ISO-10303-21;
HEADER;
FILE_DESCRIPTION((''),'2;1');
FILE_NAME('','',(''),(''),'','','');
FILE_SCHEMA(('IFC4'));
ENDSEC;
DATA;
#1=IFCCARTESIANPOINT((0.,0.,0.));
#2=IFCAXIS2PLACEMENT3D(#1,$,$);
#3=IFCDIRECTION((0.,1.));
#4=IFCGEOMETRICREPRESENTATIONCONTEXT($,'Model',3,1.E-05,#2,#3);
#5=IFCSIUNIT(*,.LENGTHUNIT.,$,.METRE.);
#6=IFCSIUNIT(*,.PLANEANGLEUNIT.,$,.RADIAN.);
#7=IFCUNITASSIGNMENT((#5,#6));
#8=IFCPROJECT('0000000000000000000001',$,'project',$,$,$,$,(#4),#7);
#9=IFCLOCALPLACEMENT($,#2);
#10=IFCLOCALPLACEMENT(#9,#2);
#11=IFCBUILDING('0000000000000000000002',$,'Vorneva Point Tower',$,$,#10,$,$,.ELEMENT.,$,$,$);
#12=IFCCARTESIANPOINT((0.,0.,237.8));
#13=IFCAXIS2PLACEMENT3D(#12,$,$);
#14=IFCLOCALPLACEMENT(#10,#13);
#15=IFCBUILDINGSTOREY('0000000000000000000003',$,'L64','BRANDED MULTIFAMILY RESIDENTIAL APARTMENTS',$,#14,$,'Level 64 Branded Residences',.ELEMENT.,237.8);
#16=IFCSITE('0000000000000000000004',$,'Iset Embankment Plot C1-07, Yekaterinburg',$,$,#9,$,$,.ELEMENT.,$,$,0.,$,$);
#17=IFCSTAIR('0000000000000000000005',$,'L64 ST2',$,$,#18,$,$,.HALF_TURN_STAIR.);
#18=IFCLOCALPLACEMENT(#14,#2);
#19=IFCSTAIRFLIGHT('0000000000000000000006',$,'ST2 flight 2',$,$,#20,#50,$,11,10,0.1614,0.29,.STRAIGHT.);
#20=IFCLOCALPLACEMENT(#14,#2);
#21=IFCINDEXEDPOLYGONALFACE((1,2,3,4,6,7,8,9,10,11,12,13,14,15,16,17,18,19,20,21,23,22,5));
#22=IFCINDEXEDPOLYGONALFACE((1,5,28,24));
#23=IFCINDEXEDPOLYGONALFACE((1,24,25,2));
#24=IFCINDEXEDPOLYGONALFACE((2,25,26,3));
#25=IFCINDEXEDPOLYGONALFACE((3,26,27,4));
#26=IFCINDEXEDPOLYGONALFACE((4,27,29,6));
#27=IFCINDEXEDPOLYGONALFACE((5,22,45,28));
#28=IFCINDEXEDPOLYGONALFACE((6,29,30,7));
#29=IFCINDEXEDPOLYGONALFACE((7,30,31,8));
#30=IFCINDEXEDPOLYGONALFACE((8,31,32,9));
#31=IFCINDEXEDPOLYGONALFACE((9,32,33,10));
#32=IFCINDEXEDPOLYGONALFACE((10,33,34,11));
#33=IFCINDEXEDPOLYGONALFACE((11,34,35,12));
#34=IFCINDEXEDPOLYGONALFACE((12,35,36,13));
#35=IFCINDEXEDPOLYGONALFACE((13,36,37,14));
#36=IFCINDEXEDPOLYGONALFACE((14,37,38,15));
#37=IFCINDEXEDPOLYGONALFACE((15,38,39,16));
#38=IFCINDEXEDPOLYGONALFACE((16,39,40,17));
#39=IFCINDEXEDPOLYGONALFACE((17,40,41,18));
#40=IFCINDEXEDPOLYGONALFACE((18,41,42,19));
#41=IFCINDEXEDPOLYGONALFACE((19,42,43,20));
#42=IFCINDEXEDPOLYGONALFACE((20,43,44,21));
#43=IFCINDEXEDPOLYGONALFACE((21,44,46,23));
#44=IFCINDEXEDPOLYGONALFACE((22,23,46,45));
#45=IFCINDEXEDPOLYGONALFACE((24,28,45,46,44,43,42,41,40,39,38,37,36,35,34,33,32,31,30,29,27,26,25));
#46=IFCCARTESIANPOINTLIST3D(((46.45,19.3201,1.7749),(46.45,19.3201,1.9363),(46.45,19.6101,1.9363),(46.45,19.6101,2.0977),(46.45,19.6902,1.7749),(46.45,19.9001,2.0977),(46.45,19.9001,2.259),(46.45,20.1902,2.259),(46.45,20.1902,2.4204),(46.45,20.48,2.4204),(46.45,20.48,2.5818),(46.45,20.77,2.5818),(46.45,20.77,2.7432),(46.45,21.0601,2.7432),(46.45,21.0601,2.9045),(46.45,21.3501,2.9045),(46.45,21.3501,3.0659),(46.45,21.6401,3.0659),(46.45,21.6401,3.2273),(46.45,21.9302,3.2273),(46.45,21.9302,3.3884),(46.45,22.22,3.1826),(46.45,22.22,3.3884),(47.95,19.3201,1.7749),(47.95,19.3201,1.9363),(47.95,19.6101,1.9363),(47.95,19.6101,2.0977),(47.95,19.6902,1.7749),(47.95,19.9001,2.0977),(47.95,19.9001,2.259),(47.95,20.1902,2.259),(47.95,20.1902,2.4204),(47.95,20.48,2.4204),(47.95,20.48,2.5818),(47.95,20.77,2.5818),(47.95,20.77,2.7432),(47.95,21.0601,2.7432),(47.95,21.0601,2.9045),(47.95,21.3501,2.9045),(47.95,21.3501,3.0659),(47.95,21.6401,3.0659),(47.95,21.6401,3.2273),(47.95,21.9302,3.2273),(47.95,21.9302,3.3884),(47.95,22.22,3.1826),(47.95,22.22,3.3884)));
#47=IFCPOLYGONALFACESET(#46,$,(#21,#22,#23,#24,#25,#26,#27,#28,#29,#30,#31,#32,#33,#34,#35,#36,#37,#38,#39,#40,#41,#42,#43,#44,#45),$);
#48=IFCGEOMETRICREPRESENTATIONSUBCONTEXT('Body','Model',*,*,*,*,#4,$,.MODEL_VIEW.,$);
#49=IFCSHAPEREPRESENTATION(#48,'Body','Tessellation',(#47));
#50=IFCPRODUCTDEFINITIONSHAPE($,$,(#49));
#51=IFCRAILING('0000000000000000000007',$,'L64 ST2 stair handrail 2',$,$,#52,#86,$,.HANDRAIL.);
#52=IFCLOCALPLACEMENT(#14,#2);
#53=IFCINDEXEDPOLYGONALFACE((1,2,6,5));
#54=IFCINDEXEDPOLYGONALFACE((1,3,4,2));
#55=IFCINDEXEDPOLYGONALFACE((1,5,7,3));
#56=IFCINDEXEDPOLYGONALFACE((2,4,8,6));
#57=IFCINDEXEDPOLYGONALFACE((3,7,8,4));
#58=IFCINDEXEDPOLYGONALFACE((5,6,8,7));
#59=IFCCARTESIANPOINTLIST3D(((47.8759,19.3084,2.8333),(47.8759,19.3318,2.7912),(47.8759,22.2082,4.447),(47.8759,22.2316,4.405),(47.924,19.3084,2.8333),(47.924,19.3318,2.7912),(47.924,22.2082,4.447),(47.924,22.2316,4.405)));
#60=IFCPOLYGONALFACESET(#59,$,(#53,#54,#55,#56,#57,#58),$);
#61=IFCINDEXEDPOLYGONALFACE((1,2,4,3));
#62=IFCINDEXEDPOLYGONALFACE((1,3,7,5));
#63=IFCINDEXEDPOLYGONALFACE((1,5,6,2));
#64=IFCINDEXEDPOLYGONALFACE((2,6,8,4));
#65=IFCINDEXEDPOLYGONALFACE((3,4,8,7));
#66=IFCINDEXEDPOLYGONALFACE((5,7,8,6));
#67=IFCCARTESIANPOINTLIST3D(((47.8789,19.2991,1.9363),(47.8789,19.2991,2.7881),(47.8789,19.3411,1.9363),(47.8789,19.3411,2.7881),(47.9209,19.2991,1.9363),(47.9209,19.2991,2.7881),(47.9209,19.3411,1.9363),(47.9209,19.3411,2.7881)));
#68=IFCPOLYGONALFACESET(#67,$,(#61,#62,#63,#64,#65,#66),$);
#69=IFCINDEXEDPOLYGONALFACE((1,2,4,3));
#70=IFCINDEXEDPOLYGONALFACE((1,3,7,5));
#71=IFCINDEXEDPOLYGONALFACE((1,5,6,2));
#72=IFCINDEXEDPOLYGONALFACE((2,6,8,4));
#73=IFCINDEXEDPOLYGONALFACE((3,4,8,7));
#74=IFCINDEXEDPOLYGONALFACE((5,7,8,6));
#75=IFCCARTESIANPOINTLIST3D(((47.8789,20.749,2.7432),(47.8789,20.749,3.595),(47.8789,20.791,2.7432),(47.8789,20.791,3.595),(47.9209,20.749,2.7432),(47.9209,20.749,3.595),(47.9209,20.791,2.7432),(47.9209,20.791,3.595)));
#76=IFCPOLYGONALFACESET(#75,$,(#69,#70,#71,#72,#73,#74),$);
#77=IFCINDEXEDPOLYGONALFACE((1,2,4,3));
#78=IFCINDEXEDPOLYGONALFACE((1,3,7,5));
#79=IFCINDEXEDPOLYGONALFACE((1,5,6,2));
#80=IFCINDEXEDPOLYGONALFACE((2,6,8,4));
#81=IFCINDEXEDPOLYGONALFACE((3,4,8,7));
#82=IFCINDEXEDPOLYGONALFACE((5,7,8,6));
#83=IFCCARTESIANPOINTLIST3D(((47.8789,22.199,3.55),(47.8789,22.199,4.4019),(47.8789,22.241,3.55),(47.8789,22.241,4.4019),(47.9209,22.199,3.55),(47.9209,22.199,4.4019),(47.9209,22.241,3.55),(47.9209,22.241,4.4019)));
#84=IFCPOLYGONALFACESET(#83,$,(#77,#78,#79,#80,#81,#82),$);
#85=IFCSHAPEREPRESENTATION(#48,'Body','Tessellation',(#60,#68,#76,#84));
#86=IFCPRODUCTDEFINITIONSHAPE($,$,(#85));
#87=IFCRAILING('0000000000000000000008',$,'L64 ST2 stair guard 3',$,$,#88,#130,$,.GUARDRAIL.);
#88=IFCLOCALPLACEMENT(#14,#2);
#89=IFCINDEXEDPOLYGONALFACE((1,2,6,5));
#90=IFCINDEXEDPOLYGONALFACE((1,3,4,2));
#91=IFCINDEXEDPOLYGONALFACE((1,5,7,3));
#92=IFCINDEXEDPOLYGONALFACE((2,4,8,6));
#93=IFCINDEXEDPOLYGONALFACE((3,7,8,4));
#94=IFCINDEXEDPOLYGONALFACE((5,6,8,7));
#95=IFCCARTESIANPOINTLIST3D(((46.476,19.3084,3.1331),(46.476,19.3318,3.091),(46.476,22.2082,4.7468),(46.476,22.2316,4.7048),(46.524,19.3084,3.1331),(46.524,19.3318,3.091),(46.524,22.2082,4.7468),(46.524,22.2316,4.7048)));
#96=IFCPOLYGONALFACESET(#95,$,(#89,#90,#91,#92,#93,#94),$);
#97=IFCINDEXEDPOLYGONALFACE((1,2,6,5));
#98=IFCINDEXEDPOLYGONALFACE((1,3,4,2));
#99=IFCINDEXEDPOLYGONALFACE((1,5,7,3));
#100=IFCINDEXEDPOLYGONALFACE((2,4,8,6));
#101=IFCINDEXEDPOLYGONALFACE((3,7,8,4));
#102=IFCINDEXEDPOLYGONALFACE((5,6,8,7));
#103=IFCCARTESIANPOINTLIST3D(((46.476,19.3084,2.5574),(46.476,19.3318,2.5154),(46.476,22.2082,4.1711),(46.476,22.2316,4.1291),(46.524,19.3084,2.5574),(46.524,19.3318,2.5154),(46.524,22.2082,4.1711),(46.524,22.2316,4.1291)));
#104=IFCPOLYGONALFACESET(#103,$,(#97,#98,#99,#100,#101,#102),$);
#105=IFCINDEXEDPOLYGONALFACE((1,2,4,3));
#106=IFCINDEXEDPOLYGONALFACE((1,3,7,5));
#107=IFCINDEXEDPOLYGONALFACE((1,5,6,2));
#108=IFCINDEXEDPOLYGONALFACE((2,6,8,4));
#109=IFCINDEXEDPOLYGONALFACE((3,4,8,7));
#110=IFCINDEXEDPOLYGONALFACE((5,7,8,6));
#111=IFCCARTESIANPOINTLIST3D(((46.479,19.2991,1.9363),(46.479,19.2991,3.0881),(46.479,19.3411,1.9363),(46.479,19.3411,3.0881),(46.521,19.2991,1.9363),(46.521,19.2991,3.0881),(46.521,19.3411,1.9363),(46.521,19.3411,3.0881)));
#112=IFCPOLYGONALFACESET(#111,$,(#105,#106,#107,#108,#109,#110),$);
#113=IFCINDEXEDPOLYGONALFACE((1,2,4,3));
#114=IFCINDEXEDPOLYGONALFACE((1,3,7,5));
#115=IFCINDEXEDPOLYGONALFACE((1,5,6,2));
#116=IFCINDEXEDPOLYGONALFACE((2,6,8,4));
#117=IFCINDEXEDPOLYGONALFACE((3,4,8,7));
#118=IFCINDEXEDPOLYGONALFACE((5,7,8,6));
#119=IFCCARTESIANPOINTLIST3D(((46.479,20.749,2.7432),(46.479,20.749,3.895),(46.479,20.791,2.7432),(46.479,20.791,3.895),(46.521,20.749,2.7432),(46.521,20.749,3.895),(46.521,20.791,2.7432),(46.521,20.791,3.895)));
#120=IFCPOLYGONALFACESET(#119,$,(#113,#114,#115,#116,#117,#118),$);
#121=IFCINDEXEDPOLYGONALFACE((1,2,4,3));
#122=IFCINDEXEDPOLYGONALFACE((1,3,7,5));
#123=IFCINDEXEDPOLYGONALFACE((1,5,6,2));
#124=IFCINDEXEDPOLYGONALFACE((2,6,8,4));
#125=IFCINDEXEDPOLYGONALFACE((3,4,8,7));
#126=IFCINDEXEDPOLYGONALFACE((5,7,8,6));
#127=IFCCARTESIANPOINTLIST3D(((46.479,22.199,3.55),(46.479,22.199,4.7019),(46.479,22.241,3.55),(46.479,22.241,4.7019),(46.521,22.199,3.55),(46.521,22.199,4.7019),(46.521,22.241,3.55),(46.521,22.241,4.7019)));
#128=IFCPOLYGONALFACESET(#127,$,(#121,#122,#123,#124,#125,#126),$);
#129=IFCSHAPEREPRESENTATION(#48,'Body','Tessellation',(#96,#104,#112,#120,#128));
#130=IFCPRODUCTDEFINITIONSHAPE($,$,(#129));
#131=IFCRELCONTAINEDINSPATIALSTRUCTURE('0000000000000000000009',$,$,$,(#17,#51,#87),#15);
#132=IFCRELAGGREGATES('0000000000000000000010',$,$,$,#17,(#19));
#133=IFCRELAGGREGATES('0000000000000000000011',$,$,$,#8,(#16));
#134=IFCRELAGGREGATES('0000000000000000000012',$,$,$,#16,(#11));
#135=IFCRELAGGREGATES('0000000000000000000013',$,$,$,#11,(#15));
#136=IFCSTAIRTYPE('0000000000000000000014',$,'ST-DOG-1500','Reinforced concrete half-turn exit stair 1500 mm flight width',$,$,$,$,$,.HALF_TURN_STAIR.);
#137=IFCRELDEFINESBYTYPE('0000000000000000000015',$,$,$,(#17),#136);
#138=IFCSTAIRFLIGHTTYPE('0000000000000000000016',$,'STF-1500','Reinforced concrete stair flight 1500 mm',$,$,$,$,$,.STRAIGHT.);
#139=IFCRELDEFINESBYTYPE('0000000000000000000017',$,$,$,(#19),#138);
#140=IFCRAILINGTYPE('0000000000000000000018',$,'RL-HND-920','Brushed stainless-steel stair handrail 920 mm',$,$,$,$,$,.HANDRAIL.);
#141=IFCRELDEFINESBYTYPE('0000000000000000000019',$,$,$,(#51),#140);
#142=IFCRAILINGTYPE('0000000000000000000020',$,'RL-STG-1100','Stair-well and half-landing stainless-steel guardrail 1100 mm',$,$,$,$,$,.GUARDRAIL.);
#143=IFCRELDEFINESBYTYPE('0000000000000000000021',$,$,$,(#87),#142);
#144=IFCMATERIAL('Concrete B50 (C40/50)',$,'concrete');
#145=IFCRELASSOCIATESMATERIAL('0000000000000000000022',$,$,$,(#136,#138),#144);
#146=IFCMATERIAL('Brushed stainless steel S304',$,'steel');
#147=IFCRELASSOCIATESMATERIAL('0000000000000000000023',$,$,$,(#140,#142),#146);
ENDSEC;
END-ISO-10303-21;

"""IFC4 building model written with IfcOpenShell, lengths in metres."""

from ifc_helpers import new_model, si_unit, direction, frame, origin, origin_2d, place, context, subcontext, project, spatial, polyline, rectangle, outline, extrude, material, type_object, element, aggregate, save


model = new_model("IFC4")

# Units and contexts
model_context = context("Model", 3, precision=1e-05, world=origin(), true_north=direction((0.0, 1.0)))
body_context = subcontext(model_context, "Body", "Model", "MODEL_VIEW")
ifc_project = project(units=[si_unit("LENGTHUNIT", "METRE"), si_unit("PLANEANGLEUNIT", "RADIAN")], contexts=[model_context])

# Site, building, storey
site_placement = place(None, origin())
site = spatial("IfcSite", under=ifc_project, at=site_placement, Name="Iset Embankment Plot C1-07, Yekaterinburg", CompositionType="ELEMENT", RefElevation=0.0)
building_placement = place(site_placement, origin())
building = spatial("IfcBuilding", under=site, at=building_placement, Name="Vorneva Point Tower", CompositionType="ELEMENT")
storey_placement = place(building_placement, frame((0.0, 0.0, 237.8)))
storey = spatial("IfcBuildingStorey", under=building, at=storey_placement, Name="L64", Description="BRANDED MULTIFAMILY RESIDENTIAL APARTMENTS", LongName="Level 64 Branded Residences", CompositionType="ELEMENT", Elevation=237.8)

# Shared definitions
ifc_material_1 = material(Name="Concrete B50 (C40/50)", Category="concrete")

# Stair, stair flight
stair_type = type_object("IfcStairType", Name="ST-DOG-1500", Description="Reinforced concrete half-turn exit stair 1500 mm flight width", PredefinedType="HALF_TURN_STAIR", material=ifc_material_1)
stair_placement = place(storey_placement, origin())
stair = element("IfcStair", 1, at=stair_placement, inside=storey, type_object=stair_type, Name="L64 ST2", PredefinedType="HALF_TURN_STAIR")
stair_flight_type = type_object("IfcStairFlightType", Name="STF-1500", Description="Reinforced concrete stair flight 1500 mm", PredefinedType="STRAIGHT", material=ifc_material_1)
stair_flight_placement = place(storey_placement, frame((47.2, 19.3201, 1.7749), z_axis=(0.0, 0.0, 1.0), x_axis=(0.0, 1.0, 0.0)))
stair_flight = element("IfcStairFlight", 2, at=stair_flight_placement, type_object=stair_flight_type, Name="ST2 flight 2", NumberOfRisers=11, NumberOfTreads=10, PredefinedType="STRAIGHT", RiserHeight=0.1614, TreadLength=0.29, context=body_context, shape_type="SweptSolid", body=[
    extrude(outline(polyline([(0.0, 0.0), (0.0, 0.1614), (0.29, 0.1614), (0.29, 0.3228), (0.5801, 0.3228), (0.5801, 0.4841), (0.8701, 0.4841), (0.8701, 0.6455), (1.1599, 0.6455), (1.1599, 0.8069), (1.45, 0.8069), (1.45, 0.9683), (1.74, 0.9683), (1.74, 1.1296), (2.03, 1.1296), (2.03, 1.291), (2.3201, 1.291), (2.3201, 1.4524), (2.6101, 1.4524), (2.6101, 1.6135), (2.8999, 1.6135), (2.8999, 1.7749), (2.8999, 1.4077), (0.3701, 0.0), (0.0, 0.0)])), frame((0.0, 0.75, 0.0), z_axis=(0.0, -1.0, 0.0), x_axis=(1.0, 0.0, 0.0)), (0.0, 0.0, 1.0), 1.5),
])
aggregate(stair, [stair_flight])

# Railings
ifc_material_2 = material(Name="Brushed stainless steel S304", Category="steel")
railing_type_1 = type_object("IfcRailingType", Name="RL-HND-920", Description="Brushed stainless-steel stair handrail 920 mm", PredefinedType="HANDRAIL", material=ifc_material_2)
railing_1_placement = place(storey_placement, frame((47.8999, 19.3201, 1.9363)))
element("IfcRailing", 3, at=railing_1_placement, inside=storey, type_object=railing_type_1, Name="L64 ST2 stair handrail 2", PredefinedType="HANDRAIL", context=body_context, shape_type="SweptSolid", body=[
    extrude(rectangle(XDim=0.0481, YDim=0.0481, at=origin_2d()), frame((0.0, 0.0, 0.876), z_axis=(0.0, 0.87381, 0.486267), x_axis=(-1.0, 0.0, 0.0)), (0.0, 0.0, 1.0), 3.3186),
    extrude(rectangle(XDim=0.042, YDim=0.042, at=origin_2d()), origin(), (0.0, 0.0, 1.0), 0.8518),
    extrude(rectangle(XDim=0.042, YDim=0.042, at=origin_2d()), frame((0.0, 1.45, 0.8069)), (0.0, 0.0, 1.0), 0.8518),
    extrude(rectangle(XDim=0.042, YDim=0.042, at=origin_2d()), frame((0.0, 2.8999, 1.6138)), (0.0, 0.0, 1.0), 0.8518),
])
railing_type_2 = type_object("IfcRailingType", Name="RL-STG-1100", Description="Stair-well and half-landing stainless-steel guardrail 1100 mm", PredefinedType="GUARDRAIL", material=ifc_material_2)
railing_2_placement = place(storey_placement, frame((46.5, 19.3201, 1.9363)))
element("IfcRailing", 4, at=railing_2_placement, inside=storey, type_object=railing_type_2, Name="L64 ST2 stair guard 3", PredefinedType="GUARDRAIL", context=body_context, shape_type="SweptSolid", body=[
    extrude(rectangle(XDim=0.0481, YDim=0.0481, at=origin_2d()), frame((0.0, 0.0, 1.1758), z_axis=(0.0, 0.87381, 0.486267), x_axis=(-1.0, 0.0, 0.0)), (0.0, 0.0, 1.0), 3.3186),
    extrude(rectangle(XDim=0.0481, YDim=0.0481, at=origin_2d()), frame((0.0, 0.0, 0.6001), z_axis=(0.0, 0.87381, 0.486267), x_axis=(-1.0, 0.0, 0.0)), (0.0, 0.0, 1.0), 3.3186),
    extrude(rectangle(XDim=0.042, YDim=0.042, at=origin_2d()), origin(), (0.0, 0.0, 1.0), 1.1519),
    extrude(rectangle(XDim=0.042, YDim=0.042, at=origin_2d()), frame((0.0, 1.45, 0.8069)), (0.0, 0.0, 1.0), 1.1519),
    extrude(rectangle(XDim=0.042, YDim=0.042, at=origin_2d()), frame((0.0, 2.8999, 1.6138)), (0.0, 0.0, 1.0), 1.1519),
])

save(model, "model.ifc")
